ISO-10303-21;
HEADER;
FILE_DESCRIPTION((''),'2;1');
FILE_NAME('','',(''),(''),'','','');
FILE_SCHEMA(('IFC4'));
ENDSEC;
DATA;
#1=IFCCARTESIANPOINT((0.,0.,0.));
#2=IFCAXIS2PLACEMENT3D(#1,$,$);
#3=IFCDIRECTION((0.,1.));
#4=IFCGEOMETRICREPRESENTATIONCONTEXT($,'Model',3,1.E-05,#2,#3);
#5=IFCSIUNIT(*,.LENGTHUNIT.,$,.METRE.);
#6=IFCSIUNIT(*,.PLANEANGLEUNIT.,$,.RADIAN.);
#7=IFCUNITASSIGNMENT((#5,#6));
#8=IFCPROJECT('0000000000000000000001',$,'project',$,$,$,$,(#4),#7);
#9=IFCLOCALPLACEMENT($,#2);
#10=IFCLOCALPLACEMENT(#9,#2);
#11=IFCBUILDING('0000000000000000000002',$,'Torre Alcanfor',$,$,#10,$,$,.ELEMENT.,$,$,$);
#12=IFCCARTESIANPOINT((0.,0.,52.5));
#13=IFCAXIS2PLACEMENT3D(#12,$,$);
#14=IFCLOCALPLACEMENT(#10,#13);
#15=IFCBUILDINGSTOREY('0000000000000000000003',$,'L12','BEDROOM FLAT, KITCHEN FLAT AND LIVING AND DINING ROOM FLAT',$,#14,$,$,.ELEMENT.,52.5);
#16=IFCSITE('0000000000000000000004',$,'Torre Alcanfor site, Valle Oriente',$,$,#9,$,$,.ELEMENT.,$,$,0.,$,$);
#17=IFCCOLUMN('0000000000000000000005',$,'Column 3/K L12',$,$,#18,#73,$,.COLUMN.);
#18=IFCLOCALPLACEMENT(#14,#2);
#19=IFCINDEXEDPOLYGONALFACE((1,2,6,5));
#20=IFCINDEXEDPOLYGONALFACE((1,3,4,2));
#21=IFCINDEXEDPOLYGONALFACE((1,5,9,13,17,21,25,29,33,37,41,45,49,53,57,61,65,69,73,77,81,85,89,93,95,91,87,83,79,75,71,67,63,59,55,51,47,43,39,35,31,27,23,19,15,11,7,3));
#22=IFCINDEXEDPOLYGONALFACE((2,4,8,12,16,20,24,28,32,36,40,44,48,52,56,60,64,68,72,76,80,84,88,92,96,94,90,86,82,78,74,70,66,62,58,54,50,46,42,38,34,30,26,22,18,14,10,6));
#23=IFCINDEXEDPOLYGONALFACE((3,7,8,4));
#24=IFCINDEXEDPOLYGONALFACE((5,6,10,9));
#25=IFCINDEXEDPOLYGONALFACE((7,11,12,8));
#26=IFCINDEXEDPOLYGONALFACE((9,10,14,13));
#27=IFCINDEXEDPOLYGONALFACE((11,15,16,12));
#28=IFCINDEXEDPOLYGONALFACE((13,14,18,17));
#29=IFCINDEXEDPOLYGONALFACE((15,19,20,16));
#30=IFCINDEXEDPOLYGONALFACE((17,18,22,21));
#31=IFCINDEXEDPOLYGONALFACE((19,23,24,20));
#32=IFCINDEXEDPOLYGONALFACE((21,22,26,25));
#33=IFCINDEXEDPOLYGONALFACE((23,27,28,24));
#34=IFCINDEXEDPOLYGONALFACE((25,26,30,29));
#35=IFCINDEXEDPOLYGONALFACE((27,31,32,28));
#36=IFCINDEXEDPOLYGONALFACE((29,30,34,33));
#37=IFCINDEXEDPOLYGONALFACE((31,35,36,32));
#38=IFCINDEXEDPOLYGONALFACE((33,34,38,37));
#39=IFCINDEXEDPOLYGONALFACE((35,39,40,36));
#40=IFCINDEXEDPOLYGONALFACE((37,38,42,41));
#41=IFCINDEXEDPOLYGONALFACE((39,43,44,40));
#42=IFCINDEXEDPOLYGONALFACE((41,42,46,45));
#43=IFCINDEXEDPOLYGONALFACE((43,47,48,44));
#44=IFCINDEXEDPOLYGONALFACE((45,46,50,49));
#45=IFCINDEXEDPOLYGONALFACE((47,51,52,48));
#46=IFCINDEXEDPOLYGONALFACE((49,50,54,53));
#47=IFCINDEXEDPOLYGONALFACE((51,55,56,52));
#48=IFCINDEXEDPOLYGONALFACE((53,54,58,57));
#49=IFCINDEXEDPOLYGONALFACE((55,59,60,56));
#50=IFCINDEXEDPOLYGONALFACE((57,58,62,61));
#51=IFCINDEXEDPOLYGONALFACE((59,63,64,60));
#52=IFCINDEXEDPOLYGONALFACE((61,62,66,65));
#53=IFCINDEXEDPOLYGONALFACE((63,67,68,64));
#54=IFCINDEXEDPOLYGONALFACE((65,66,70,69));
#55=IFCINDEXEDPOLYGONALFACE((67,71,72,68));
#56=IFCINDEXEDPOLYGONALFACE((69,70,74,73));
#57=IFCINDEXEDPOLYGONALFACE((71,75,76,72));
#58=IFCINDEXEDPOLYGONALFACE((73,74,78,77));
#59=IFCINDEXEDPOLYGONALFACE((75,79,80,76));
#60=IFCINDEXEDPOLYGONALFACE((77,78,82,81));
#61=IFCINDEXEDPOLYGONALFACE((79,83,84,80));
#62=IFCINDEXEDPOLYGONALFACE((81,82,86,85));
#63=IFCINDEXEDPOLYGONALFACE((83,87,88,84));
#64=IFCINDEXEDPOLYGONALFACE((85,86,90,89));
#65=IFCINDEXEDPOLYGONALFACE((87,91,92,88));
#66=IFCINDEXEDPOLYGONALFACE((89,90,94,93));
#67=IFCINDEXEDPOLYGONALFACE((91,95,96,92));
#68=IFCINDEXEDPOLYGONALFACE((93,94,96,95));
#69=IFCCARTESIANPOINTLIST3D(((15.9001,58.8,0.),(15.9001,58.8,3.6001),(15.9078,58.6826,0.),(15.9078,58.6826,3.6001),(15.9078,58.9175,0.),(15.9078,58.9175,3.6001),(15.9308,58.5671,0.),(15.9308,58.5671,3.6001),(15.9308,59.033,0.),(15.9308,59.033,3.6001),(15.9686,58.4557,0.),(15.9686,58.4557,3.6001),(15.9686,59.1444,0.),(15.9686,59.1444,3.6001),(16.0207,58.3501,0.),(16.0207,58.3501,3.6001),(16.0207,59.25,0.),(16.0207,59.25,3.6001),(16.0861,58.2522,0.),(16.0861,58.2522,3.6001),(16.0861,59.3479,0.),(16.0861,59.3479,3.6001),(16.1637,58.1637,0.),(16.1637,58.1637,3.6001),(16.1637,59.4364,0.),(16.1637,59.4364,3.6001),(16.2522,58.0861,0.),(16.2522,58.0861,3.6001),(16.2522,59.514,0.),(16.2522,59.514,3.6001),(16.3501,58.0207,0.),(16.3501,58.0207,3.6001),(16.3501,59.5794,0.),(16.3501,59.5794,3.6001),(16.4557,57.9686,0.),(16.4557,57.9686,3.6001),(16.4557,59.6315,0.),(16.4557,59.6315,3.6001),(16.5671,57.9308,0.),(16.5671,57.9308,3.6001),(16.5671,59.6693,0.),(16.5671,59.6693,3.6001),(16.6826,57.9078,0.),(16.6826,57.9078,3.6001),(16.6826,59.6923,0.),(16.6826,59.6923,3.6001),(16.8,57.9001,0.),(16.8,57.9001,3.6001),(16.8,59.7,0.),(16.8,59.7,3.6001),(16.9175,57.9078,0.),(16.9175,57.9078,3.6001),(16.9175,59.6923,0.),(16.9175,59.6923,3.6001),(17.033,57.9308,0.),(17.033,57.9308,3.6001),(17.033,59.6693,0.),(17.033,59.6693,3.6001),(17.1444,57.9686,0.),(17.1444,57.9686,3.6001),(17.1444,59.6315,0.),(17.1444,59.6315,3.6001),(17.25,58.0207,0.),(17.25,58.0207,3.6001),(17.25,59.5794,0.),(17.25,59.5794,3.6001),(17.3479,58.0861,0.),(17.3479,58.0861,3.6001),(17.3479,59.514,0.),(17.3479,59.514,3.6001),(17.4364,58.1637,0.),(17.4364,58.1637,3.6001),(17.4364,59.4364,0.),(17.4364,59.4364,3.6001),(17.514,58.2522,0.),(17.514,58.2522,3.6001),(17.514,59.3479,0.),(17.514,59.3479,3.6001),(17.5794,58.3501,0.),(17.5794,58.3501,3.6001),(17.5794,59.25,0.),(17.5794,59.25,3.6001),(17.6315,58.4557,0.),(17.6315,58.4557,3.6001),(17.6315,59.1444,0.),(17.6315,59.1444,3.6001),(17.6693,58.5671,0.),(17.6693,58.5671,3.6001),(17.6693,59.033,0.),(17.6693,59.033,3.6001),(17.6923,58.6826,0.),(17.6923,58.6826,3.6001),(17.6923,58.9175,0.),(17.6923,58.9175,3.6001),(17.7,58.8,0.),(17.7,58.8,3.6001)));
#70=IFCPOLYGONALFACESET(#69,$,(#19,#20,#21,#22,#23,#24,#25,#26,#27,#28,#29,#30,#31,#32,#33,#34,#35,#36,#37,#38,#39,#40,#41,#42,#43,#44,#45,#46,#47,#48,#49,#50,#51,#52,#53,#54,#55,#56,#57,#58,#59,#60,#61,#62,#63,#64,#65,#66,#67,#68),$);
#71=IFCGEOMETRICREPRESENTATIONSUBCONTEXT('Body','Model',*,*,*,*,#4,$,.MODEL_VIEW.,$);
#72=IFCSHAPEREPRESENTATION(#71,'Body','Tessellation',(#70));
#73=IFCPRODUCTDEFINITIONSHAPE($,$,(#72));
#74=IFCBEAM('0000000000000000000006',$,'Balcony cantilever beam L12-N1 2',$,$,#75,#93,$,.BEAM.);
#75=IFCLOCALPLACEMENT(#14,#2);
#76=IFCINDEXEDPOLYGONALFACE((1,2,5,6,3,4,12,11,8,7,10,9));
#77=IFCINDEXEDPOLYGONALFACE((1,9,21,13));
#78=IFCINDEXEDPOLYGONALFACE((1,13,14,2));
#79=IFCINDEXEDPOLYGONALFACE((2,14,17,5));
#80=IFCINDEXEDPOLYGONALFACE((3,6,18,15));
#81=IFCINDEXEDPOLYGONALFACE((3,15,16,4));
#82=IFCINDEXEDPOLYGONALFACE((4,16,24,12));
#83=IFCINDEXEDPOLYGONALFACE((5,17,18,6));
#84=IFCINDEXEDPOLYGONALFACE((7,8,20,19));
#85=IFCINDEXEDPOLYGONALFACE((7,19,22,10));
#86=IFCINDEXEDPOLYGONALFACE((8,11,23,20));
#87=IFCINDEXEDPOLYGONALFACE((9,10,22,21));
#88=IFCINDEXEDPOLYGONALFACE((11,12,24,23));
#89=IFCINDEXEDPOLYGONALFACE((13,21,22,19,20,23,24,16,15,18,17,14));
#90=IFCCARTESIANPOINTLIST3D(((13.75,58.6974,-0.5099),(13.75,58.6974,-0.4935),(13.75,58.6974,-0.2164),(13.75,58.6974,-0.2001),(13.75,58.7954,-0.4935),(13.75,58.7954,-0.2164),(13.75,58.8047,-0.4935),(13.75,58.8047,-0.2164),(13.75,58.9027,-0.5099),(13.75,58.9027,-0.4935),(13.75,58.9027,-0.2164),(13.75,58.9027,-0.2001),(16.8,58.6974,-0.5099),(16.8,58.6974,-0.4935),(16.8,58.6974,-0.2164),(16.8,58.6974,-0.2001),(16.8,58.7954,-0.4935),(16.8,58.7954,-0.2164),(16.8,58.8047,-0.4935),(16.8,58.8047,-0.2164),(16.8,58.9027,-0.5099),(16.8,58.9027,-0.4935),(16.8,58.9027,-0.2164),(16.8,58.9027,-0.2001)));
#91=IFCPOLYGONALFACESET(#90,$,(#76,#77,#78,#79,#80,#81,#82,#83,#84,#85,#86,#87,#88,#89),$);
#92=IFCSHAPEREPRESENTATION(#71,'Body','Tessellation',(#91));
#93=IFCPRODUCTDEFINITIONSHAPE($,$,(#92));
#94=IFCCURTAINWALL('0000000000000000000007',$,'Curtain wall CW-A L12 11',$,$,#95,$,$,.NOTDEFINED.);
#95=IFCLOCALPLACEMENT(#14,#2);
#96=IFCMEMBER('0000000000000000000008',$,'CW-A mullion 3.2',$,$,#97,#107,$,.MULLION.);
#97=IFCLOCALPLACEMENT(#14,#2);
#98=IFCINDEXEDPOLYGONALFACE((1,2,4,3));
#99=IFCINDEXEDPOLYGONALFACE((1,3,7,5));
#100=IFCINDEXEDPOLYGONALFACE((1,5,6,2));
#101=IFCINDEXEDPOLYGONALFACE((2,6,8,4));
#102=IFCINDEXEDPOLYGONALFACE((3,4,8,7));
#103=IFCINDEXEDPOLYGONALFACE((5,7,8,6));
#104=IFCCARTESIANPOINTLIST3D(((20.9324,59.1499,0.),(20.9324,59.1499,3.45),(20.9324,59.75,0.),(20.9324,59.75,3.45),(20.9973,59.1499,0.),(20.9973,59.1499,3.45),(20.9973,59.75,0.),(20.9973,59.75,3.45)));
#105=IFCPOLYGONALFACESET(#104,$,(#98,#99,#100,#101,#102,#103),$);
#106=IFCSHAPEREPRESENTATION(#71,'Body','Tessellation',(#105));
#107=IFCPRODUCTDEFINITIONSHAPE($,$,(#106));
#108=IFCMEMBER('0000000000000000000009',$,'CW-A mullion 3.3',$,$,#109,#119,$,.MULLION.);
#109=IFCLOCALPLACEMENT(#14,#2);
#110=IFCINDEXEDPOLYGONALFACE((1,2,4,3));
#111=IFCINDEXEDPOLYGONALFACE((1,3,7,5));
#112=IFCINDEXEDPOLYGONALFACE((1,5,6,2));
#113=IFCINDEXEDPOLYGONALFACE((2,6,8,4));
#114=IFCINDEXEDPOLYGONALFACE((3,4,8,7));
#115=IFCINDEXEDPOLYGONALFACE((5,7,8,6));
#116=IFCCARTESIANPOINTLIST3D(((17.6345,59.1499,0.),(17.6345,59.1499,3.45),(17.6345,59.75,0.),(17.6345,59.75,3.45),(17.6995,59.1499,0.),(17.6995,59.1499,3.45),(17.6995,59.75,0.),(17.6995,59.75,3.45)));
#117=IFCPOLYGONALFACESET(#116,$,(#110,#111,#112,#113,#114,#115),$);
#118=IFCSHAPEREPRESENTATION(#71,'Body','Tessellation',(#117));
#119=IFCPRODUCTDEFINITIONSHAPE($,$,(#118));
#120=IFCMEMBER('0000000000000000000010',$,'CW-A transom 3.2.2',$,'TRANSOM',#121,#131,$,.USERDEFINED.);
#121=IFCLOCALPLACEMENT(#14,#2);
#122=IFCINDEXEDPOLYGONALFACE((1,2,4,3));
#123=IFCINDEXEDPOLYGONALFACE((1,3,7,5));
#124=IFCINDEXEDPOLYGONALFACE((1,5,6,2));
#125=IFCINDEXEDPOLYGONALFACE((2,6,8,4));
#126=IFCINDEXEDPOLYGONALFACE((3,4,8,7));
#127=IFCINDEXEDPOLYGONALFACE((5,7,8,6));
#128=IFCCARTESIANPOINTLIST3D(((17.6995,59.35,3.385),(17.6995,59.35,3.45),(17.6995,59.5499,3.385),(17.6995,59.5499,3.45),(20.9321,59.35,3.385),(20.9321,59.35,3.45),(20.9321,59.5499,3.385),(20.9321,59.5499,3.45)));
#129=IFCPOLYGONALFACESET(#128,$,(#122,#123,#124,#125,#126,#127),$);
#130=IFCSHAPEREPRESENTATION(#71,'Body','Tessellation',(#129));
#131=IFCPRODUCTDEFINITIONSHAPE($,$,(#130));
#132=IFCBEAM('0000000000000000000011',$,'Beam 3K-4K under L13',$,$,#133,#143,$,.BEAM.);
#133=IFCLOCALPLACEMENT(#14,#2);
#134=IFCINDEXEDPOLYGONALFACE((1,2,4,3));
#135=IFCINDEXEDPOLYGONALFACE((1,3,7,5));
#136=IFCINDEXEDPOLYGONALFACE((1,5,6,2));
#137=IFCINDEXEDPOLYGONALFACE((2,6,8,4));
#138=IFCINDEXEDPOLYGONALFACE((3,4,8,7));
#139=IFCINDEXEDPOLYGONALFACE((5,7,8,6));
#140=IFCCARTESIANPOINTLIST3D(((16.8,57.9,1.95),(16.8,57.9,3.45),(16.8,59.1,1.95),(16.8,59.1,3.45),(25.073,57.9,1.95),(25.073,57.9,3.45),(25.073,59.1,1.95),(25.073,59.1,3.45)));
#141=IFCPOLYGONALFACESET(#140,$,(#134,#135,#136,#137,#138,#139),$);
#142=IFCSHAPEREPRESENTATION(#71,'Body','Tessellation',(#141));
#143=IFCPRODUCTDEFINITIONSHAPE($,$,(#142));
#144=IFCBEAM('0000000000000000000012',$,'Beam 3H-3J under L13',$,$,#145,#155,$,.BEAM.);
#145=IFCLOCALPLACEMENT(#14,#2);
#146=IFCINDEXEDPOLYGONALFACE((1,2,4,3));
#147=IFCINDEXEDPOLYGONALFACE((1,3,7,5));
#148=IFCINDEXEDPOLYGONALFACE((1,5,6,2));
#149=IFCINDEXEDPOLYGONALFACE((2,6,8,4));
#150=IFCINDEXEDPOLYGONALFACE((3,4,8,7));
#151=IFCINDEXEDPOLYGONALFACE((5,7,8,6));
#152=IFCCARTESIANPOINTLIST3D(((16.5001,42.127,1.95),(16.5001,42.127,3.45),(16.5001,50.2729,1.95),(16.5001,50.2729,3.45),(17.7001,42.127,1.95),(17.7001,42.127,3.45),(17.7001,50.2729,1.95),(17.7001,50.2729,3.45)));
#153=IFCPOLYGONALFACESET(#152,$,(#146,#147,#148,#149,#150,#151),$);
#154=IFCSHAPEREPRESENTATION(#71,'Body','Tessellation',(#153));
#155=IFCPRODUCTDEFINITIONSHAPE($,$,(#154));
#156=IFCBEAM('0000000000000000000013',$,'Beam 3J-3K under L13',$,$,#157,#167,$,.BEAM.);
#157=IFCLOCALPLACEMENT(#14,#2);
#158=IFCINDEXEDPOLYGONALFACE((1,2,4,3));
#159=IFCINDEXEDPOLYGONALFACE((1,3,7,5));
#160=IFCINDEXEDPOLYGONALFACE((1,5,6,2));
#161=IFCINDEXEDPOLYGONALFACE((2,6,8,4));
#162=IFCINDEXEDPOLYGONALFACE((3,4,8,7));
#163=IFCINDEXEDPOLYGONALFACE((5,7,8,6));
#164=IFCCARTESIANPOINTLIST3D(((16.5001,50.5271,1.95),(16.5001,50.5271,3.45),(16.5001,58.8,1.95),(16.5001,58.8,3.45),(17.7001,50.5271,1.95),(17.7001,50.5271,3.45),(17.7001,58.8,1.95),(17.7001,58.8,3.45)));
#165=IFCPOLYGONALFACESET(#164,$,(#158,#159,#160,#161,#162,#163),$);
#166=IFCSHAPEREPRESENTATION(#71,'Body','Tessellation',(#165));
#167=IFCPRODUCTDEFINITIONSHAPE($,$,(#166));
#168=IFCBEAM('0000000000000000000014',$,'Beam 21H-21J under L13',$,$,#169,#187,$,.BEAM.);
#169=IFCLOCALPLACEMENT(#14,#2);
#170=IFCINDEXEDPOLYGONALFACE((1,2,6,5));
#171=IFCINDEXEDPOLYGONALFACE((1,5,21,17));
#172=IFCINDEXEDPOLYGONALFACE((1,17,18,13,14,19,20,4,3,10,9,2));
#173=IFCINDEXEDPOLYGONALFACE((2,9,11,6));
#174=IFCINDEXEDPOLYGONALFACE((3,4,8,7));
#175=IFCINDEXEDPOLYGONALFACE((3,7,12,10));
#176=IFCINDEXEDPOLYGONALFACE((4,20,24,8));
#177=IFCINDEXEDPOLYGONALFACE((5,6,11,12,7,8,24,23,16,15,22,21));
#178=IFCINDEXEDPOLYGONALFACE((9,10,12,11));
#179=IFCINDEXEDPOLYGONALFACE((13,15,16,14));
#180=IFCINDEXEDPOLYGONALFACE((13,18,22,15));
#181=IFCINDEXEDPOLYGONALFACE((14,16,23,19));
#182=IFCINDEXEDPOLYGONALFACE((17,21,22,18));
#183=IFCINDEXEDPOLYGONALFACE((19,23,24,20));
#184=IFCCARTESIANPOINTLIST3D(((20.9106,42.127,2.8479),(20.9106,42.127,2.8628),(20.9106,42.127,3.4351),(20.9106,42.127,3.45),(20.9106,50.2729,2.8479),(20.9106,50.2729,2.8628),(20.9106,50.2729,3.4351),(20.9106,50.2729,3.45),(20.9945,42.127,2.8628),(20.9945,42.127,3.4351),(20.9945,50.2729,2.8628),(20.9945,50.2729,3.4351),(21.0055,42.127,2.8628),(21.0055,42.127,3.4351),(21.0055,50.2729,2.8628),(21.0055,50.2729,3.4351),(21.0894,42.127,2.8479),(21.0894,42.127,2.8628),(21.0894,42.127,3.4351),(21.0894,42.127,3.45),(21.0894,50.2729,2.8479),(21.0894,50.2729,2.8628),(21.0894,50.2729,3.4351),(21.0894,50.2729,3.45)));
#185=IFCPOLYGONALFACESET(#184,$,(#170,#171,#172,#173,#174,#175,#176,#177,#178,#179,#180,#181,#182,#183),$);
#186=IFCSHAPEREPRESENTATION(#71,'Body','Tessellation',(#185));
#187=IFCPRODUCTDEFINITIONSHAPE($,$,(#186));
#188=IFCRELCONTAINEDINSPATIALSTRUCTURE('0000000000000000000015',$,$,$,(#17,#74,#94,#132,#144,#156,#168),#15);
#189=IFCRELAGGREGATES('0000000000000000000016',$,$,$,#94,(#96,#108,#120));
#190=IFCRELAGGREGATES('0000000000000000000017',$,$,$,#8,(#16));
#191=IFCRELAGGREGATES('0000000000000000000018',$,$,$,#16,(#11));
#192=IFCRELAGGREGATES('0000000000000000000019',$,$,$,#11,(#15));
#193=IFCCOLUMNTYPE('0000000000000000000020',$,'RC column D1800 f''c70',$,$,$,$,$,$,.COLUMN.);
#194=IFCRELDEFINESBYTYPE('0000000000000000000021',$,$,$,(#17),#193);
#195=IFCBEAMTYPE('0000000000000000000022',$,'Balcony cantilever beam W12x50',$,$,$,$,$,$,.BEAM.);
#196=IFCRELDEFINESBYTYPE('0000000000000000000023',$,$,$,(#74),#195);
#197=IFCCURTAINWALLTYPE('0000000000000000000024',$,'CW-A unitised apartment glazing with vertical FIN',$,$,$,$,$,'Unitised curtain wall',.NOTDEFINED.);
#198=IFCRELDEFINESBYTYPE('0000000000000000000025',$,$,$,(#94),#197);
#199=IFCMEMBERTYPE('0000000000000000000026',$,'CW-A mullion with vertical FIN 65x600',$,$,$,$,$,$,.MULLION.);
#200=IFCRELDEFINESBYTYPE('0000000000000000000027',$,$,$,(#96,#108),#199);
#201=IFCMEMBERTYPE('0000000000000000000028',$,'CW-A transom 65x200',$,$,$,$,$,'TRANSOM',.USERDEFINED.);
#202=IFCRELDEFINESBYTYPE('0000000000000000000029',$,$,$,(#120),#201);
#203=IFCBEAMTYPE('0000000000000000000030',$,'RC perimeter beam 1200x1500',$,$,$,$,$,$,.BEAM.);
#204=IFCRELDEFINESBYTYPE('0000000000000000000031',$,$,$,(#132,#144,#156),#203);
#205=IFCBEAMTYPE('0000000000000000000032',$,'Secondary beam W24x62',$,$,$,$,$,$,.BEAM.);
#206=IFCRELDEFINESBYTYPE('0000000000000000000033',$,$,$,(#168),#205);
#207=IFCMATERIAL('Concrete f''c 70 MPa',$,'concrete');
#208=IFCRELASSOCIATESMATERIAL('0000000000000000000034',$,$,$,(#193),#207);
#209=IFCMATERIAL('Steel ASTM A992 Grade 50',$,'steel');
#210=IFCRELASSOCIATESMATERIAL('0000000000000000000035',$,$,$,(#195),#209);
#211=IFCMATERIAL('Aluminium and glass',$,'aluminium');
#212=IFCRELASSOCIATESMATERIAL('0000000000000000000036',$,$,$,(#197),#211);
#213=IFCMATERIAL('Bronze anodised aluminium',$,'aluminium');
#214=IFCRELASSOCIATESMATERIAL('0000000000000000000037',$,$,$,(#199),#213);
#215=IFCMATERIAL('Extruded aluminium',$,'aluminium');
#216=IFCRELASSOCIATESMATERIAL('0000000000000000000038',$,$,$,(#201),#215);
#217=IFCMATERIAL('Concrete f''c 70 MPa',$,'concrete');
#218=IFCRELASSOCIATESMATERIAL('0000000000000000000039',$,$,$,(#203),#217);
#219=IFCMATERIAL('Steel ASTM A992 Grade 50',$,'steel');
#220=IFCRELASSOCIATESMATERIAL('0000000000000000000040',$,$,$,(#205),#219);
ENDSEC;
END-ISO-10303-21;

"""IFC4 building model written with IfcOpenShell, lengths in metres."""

from ifc_helpers import new_model, si_unit, direction, frame, origin, origin_2d, place, context, subcontext, project, spatial, rectangle, circle, i_section, extrude, material, material_profile, profile_set, type_object, element, aggregate, save


model = new_model("IFC4")

# Units and contexts
model_context = context("Model", 3, precision=1e-05, world=origin(), true_north=direction((0.0, 1.0)))
body_context = subcontext(model_context, "Body", "Model", "MODEL_VIEW")
ifc_project = project(units=[si_unit("LENGTHUNIT", "METRE"), si_unit("PLANEANGLEUNIT", "RADIAN")], contexts=[model_context])

# Site, building, storey
site_placement = place(None, origin())
site = spatial("IfcSite", under=ifc_project, at=site_placement, Name="Torre Alcanfor site, Valle Oriente", CompositionType="ELEMENT", RefElevation=0.0)
building_placement = place(site_placement, origin())
building = spatial("IfcBuilding", under=site, at=building_placement, Name="Torre Alcanfor", CompositionType="ELEMENT")
storey_placement = place(building_placement, frame((0.0, 0.0, 52.5)))
storey = spatial("IfcBuildingStorey", under=building, at=storey_placement, Name="L12", Description="BEDROOM FLAT, KITCHEN FLAT AND LIVING AND DINING ROOM FLAT", CompositionType="ELEMENT", Elevation=52.5)

# Column
ifc_material_1 = material(Name="Concrete f'c 70 MPa", Category="concrete")
ifc_material_profile_1 = material_profile(ifc_material_1, circle(Radius=0.8999, at=origin_2d()), Name="D1800")
ifc_profile_set_1 = profile_set([ifc_material_profile_1], Name="Concrete f'c 70 MPa")
column_type = type_object("IfcColumnType", Name="RC column D1800 f'c70", PredefinedType="COLUMN", material=ifc_profile_set_1)
column_placement = place(storey_placement, frame((16.8, 58.8, 0.0), z_axis=(0.0, 0.0, 1.0), x_axis=(1.0, 0.0, 0.0)))
element("IfcColumn", 1, at=column_placement, inside=storey, type_object=column_type, Name="Column 3/K L12", PredefinedType="COLUMN", context=body_context, shape_type="SweptSolid", body=[
    extrude(circle(Radius=0.8999, at=origin_2d()), origin(), (0.0, 0.0, 1.0), 3.6001),
])

# Beam
ifc_material_2 = material(Name="Steel ASTM A992 Grade 50", Category="steel")
ifc_material_profile_2 = material_profile(ifc_material_2, i_section(OverallWidth=0.2053, OverallDepth=0.3098, WebThickness=0.0093, FlangeThickness=0.0164, at=origin_2d()), Name="W12x50")
ifc_profile_set_2 = profile_set([ifc_material_profile_2], Name="Steel ASTM A992 Grade 50")
beam_type_1 = type_object("IfcBeamType", Name="Balcony cantilever beam W12x50", PredefinedType="BEAM", material=ifc_profile_set_2)
beam_1_placement = place(storey_placement, frame((16.8, 58.8, -0.355), z_axis=(-1.0, 0.0, 0.0), x_axis=(0.0, -1.0, 0.0)))
element("IfcBeam", 2, at=beam_1_placement, inside=storey, type_object=beam_type_1, Name="Balcony cantilever beam L12-N1 2", PredefinedType="BEAM", context=body_context, shape_type="SweptSolid", body=[
    extrude(i_section(OverallWidth=0.2053, OverallDepth=0.3098, WebThickness=0.0093, FlangeThickness=0.0164, at=origin_2d()), origin(), (0.0, 0.0, 1.0), 3.05),
])

# Curtain wall, members
ifc_material_3 = material(Name="Aluminium and glass", Category="aluminium")
curtain_wall_type = type_object("IfcCurtainWallType", Name="CW-A unitised apartment glazing with vertical FIN", ElementType="Unitised curtain wall", PredefinedType="NOTDEFINED", material=ifc_material_3)
curtain_wall_placement = place(storey_placement, origin())
curtain_wall = element("IfcCurtainWall", 3, at=curtain_wall_placement, inside=storey, type_object=curtain_wall_type, Name="Curtain wall CW-A L12 11", PredefinedType="NOTDEFINED")
ifc_material_4 = material(Name="Bronze anodised aluminium", Category="aluminium")
ifc_material_profile_3 = material_profile(ifc_material_4, rectangle(XDim=0.6001, YDim=0.0649, at=origin_2d()), Name="CW-A mullion 65x600")
ifc_profile_set_3 = profile_set([ifc_material_profile_3], Name="Bronze anodised aluminium")
member_type_1 = type_object("IfcMemberType", Name="CW-A mullion with vertical FIN 65x600", PredefinedType="MULLION", material=ifc_profile_set_3)
member_1_placement = place(storey_placement, frame((20.9648, 59.45, 0.0), z_axis=(0.0, 0.0, 1.0), x_axis=(0.0, -1.0, 0.0)))
member_1 = element("IfcMember", 4, at=member_1_placement, type_object=member_type_1, Name="CW-A mullion 3.2", PredefinedType="MULLION", context=body_context, shape_type="SweptSolid", body=[
    extrude(rectangle(XDim=0.6001, YDim=0.0649, at=origin_2d()), origin(), (0.0, 0.0, 1.0), 3.45),
])
member_2_placement = place(storey_placement, frame((17.667, 59.45, 0.0), z_axis=(0.0, 0.0, 1.0), x_axis=(0.0, -1.0, 0.0)))
member_2 = element("IfcMember", 5, at=member_2_placement, type_object=member_type_1, Name="CW-A mullion 3.3", PredefinedType="MULLION", context=body_context, shape_type="SweptSolid", body=[
    extrude(rectangle(XDim=0.6001, YDim=0.0649, at=origin_2d()), origin(), (0.0, 0.0, 1.0), 3.45),
])
ifc_material_5 = material(Name="Extruded aluminium", Category="aluminium")
ifc_material_profile_4 = material_profile(ifc_material_5, rectangle(XDim=0.2, YDim=0.0649, at=origin_2d()), Name="CW-A transom 200x65")
ifc_profile_set_4 = profile_set([ifc_material_profile_4], Name="Extruded aluminium")
member_type_2 = type_object("IfcMemberType", Name="CW-A transom 65x200", ElementType="TRANSOM", PredefinedType="USERDEFINED", material=ifc_profile_set_4)
member_3_placement = place(storey_placement, frame((20.9321, 59.45, 3.4175), z_axis=(-1.0, 0.0, 0.0), x_axis=(0.0, -1.0, 0.0)))
member_3 = element("IfcMember", 6, at=member_3_placement, type_object=member_type_2, Name="CW-A transom 3.2.2", ObjectType="TRANSOM", PredefinedType="USERDEFINED", context=body_context, shape_type="SweptSolid", body=[
    extrude(rectangle(XDim=0.2, YDim=0.0649, at=origin_2d()), origin(), (0.0, 0.0, 1.0), 3.2327),
])

# Beams
ifc_material_6 = material(Name="Concrete f'c 70 MPa", Category="concrete")
ifc_material_profile_5 = material_profile(ifc_material_6, rectangle(XDim=1.2, YDim=1.5, at=origin_2d()), Name="1200x1500")
ifc_profile_set_5 = profile_set([ifc_material_profile_5], Name="Concrete f'c 70 MPa")
beam_type_2 = type_object("IfcBeamType", Name="RC perimeter beam 1200x1500", PredefinedType="BEAM", material=ifc_profile_set_5)
beam_2_placement = place(storey_placement, frame((16.8, 58.5, 2.7), z_axis=(1.0, 0.0, 0.0), x_axis=(0.0, 1.0, 0.0)))
element("IfcBeam", 7, at=beam_2_placement, inside=storey, type_object=beam_type_2, Name="Beam 3K-4K under L13", PredefinedType="BEAM", context=body_context, shape_type="SweptSolid", body=[
    extrude(rectangle(XDim=1.2, YDim=1.5, at=origin_2d()), origin(), (0.0, 0.0, 1.0), 8.2729),
])
beam_3_placement = place(storey_placement, frame((17.1001, 42.127, 2.7), z_axis=(0.0, 1.0, 0.0), x_axis=(-1.0, 0.0, 0.0)))
element("IfcBeam", 8, at=beam_3_placement, inside=storey, type_object=beam_type_2, Name="Beam 3H-3J under L13", PredefinedType="BEAM", context=body_context, shape_type="SweptSolid", body=[
    extrude(rectangle(XDim=1.2, YDim=1.5, at=origin_2d()), origin(), (0.0, 0.0, 1.0), 8.146),
])
beam_4_placement = place(storey_placement, frame((17.1001, 50.5271, 2.7), z_axis=(0.0, 1.0, 0.0), x_axis=(-1.0, 0.0, 0.0)))
element("IfcBeam", 9, at=beam_4_placement, inside=storey, type_object=beam_type_2, Name="Beam 3J-3K under L13", PredefinedType="BEAM", context=body_context, shape_type="SweptSolid", body=[
    extrude(rectangle(XDim=1.2, YDim=1.5, at=origin_2d()), origin(), (0.0, 0.0, 1.0), 8.2729),
])
ifc_material_7 = material(Name="Steel ASTM A992 Grade 50", Category="steel")
ifc_material_profile_6 = material_profile(ifc_material_7, i_section(OverallWidth=0.1787, OverallDepth=0.6021, WebThickness=0.011, FlangeThickness=0.0149, at=origin_2d()), Name="W24x62")
ifc_profile_set_6 = profile_set([ifc_material_profile_6], Name="Steel ASTM A992 Grade 50")
beam_type_3 = type_object("IfcBeamType", Name="Secondary beam W24x62", PredefinedType="BEAM", material=ifc_profile_set_6)
beam_5_placement = place(storey_placement, frame((21.0, 42.127, 3.1489), z_axis=(0.0, 1.0, 0.0), x_axis=(-1.0, 0.0, 0.0)))
element("IfcBeam", 10, at=beam_5_placement, inside=storey, type_object=beam_type_3, Name="Beam 21H-21J under L13", PredefinedType="BEAM", context=body_context, shape_type="SweptSolid", body=[
    extrude(i_section(OverallWidth=0.1787, OverallDepth=0.6021, WebThickness=0.011, FlangeThickness=0.0149, at=origin_2d()), origin(), (0.0, 0.0, 1.0), 8.146),
])

aggregate(curtain_wall, [member_1, member_2, member_3])

save(model, "model.ifc")
